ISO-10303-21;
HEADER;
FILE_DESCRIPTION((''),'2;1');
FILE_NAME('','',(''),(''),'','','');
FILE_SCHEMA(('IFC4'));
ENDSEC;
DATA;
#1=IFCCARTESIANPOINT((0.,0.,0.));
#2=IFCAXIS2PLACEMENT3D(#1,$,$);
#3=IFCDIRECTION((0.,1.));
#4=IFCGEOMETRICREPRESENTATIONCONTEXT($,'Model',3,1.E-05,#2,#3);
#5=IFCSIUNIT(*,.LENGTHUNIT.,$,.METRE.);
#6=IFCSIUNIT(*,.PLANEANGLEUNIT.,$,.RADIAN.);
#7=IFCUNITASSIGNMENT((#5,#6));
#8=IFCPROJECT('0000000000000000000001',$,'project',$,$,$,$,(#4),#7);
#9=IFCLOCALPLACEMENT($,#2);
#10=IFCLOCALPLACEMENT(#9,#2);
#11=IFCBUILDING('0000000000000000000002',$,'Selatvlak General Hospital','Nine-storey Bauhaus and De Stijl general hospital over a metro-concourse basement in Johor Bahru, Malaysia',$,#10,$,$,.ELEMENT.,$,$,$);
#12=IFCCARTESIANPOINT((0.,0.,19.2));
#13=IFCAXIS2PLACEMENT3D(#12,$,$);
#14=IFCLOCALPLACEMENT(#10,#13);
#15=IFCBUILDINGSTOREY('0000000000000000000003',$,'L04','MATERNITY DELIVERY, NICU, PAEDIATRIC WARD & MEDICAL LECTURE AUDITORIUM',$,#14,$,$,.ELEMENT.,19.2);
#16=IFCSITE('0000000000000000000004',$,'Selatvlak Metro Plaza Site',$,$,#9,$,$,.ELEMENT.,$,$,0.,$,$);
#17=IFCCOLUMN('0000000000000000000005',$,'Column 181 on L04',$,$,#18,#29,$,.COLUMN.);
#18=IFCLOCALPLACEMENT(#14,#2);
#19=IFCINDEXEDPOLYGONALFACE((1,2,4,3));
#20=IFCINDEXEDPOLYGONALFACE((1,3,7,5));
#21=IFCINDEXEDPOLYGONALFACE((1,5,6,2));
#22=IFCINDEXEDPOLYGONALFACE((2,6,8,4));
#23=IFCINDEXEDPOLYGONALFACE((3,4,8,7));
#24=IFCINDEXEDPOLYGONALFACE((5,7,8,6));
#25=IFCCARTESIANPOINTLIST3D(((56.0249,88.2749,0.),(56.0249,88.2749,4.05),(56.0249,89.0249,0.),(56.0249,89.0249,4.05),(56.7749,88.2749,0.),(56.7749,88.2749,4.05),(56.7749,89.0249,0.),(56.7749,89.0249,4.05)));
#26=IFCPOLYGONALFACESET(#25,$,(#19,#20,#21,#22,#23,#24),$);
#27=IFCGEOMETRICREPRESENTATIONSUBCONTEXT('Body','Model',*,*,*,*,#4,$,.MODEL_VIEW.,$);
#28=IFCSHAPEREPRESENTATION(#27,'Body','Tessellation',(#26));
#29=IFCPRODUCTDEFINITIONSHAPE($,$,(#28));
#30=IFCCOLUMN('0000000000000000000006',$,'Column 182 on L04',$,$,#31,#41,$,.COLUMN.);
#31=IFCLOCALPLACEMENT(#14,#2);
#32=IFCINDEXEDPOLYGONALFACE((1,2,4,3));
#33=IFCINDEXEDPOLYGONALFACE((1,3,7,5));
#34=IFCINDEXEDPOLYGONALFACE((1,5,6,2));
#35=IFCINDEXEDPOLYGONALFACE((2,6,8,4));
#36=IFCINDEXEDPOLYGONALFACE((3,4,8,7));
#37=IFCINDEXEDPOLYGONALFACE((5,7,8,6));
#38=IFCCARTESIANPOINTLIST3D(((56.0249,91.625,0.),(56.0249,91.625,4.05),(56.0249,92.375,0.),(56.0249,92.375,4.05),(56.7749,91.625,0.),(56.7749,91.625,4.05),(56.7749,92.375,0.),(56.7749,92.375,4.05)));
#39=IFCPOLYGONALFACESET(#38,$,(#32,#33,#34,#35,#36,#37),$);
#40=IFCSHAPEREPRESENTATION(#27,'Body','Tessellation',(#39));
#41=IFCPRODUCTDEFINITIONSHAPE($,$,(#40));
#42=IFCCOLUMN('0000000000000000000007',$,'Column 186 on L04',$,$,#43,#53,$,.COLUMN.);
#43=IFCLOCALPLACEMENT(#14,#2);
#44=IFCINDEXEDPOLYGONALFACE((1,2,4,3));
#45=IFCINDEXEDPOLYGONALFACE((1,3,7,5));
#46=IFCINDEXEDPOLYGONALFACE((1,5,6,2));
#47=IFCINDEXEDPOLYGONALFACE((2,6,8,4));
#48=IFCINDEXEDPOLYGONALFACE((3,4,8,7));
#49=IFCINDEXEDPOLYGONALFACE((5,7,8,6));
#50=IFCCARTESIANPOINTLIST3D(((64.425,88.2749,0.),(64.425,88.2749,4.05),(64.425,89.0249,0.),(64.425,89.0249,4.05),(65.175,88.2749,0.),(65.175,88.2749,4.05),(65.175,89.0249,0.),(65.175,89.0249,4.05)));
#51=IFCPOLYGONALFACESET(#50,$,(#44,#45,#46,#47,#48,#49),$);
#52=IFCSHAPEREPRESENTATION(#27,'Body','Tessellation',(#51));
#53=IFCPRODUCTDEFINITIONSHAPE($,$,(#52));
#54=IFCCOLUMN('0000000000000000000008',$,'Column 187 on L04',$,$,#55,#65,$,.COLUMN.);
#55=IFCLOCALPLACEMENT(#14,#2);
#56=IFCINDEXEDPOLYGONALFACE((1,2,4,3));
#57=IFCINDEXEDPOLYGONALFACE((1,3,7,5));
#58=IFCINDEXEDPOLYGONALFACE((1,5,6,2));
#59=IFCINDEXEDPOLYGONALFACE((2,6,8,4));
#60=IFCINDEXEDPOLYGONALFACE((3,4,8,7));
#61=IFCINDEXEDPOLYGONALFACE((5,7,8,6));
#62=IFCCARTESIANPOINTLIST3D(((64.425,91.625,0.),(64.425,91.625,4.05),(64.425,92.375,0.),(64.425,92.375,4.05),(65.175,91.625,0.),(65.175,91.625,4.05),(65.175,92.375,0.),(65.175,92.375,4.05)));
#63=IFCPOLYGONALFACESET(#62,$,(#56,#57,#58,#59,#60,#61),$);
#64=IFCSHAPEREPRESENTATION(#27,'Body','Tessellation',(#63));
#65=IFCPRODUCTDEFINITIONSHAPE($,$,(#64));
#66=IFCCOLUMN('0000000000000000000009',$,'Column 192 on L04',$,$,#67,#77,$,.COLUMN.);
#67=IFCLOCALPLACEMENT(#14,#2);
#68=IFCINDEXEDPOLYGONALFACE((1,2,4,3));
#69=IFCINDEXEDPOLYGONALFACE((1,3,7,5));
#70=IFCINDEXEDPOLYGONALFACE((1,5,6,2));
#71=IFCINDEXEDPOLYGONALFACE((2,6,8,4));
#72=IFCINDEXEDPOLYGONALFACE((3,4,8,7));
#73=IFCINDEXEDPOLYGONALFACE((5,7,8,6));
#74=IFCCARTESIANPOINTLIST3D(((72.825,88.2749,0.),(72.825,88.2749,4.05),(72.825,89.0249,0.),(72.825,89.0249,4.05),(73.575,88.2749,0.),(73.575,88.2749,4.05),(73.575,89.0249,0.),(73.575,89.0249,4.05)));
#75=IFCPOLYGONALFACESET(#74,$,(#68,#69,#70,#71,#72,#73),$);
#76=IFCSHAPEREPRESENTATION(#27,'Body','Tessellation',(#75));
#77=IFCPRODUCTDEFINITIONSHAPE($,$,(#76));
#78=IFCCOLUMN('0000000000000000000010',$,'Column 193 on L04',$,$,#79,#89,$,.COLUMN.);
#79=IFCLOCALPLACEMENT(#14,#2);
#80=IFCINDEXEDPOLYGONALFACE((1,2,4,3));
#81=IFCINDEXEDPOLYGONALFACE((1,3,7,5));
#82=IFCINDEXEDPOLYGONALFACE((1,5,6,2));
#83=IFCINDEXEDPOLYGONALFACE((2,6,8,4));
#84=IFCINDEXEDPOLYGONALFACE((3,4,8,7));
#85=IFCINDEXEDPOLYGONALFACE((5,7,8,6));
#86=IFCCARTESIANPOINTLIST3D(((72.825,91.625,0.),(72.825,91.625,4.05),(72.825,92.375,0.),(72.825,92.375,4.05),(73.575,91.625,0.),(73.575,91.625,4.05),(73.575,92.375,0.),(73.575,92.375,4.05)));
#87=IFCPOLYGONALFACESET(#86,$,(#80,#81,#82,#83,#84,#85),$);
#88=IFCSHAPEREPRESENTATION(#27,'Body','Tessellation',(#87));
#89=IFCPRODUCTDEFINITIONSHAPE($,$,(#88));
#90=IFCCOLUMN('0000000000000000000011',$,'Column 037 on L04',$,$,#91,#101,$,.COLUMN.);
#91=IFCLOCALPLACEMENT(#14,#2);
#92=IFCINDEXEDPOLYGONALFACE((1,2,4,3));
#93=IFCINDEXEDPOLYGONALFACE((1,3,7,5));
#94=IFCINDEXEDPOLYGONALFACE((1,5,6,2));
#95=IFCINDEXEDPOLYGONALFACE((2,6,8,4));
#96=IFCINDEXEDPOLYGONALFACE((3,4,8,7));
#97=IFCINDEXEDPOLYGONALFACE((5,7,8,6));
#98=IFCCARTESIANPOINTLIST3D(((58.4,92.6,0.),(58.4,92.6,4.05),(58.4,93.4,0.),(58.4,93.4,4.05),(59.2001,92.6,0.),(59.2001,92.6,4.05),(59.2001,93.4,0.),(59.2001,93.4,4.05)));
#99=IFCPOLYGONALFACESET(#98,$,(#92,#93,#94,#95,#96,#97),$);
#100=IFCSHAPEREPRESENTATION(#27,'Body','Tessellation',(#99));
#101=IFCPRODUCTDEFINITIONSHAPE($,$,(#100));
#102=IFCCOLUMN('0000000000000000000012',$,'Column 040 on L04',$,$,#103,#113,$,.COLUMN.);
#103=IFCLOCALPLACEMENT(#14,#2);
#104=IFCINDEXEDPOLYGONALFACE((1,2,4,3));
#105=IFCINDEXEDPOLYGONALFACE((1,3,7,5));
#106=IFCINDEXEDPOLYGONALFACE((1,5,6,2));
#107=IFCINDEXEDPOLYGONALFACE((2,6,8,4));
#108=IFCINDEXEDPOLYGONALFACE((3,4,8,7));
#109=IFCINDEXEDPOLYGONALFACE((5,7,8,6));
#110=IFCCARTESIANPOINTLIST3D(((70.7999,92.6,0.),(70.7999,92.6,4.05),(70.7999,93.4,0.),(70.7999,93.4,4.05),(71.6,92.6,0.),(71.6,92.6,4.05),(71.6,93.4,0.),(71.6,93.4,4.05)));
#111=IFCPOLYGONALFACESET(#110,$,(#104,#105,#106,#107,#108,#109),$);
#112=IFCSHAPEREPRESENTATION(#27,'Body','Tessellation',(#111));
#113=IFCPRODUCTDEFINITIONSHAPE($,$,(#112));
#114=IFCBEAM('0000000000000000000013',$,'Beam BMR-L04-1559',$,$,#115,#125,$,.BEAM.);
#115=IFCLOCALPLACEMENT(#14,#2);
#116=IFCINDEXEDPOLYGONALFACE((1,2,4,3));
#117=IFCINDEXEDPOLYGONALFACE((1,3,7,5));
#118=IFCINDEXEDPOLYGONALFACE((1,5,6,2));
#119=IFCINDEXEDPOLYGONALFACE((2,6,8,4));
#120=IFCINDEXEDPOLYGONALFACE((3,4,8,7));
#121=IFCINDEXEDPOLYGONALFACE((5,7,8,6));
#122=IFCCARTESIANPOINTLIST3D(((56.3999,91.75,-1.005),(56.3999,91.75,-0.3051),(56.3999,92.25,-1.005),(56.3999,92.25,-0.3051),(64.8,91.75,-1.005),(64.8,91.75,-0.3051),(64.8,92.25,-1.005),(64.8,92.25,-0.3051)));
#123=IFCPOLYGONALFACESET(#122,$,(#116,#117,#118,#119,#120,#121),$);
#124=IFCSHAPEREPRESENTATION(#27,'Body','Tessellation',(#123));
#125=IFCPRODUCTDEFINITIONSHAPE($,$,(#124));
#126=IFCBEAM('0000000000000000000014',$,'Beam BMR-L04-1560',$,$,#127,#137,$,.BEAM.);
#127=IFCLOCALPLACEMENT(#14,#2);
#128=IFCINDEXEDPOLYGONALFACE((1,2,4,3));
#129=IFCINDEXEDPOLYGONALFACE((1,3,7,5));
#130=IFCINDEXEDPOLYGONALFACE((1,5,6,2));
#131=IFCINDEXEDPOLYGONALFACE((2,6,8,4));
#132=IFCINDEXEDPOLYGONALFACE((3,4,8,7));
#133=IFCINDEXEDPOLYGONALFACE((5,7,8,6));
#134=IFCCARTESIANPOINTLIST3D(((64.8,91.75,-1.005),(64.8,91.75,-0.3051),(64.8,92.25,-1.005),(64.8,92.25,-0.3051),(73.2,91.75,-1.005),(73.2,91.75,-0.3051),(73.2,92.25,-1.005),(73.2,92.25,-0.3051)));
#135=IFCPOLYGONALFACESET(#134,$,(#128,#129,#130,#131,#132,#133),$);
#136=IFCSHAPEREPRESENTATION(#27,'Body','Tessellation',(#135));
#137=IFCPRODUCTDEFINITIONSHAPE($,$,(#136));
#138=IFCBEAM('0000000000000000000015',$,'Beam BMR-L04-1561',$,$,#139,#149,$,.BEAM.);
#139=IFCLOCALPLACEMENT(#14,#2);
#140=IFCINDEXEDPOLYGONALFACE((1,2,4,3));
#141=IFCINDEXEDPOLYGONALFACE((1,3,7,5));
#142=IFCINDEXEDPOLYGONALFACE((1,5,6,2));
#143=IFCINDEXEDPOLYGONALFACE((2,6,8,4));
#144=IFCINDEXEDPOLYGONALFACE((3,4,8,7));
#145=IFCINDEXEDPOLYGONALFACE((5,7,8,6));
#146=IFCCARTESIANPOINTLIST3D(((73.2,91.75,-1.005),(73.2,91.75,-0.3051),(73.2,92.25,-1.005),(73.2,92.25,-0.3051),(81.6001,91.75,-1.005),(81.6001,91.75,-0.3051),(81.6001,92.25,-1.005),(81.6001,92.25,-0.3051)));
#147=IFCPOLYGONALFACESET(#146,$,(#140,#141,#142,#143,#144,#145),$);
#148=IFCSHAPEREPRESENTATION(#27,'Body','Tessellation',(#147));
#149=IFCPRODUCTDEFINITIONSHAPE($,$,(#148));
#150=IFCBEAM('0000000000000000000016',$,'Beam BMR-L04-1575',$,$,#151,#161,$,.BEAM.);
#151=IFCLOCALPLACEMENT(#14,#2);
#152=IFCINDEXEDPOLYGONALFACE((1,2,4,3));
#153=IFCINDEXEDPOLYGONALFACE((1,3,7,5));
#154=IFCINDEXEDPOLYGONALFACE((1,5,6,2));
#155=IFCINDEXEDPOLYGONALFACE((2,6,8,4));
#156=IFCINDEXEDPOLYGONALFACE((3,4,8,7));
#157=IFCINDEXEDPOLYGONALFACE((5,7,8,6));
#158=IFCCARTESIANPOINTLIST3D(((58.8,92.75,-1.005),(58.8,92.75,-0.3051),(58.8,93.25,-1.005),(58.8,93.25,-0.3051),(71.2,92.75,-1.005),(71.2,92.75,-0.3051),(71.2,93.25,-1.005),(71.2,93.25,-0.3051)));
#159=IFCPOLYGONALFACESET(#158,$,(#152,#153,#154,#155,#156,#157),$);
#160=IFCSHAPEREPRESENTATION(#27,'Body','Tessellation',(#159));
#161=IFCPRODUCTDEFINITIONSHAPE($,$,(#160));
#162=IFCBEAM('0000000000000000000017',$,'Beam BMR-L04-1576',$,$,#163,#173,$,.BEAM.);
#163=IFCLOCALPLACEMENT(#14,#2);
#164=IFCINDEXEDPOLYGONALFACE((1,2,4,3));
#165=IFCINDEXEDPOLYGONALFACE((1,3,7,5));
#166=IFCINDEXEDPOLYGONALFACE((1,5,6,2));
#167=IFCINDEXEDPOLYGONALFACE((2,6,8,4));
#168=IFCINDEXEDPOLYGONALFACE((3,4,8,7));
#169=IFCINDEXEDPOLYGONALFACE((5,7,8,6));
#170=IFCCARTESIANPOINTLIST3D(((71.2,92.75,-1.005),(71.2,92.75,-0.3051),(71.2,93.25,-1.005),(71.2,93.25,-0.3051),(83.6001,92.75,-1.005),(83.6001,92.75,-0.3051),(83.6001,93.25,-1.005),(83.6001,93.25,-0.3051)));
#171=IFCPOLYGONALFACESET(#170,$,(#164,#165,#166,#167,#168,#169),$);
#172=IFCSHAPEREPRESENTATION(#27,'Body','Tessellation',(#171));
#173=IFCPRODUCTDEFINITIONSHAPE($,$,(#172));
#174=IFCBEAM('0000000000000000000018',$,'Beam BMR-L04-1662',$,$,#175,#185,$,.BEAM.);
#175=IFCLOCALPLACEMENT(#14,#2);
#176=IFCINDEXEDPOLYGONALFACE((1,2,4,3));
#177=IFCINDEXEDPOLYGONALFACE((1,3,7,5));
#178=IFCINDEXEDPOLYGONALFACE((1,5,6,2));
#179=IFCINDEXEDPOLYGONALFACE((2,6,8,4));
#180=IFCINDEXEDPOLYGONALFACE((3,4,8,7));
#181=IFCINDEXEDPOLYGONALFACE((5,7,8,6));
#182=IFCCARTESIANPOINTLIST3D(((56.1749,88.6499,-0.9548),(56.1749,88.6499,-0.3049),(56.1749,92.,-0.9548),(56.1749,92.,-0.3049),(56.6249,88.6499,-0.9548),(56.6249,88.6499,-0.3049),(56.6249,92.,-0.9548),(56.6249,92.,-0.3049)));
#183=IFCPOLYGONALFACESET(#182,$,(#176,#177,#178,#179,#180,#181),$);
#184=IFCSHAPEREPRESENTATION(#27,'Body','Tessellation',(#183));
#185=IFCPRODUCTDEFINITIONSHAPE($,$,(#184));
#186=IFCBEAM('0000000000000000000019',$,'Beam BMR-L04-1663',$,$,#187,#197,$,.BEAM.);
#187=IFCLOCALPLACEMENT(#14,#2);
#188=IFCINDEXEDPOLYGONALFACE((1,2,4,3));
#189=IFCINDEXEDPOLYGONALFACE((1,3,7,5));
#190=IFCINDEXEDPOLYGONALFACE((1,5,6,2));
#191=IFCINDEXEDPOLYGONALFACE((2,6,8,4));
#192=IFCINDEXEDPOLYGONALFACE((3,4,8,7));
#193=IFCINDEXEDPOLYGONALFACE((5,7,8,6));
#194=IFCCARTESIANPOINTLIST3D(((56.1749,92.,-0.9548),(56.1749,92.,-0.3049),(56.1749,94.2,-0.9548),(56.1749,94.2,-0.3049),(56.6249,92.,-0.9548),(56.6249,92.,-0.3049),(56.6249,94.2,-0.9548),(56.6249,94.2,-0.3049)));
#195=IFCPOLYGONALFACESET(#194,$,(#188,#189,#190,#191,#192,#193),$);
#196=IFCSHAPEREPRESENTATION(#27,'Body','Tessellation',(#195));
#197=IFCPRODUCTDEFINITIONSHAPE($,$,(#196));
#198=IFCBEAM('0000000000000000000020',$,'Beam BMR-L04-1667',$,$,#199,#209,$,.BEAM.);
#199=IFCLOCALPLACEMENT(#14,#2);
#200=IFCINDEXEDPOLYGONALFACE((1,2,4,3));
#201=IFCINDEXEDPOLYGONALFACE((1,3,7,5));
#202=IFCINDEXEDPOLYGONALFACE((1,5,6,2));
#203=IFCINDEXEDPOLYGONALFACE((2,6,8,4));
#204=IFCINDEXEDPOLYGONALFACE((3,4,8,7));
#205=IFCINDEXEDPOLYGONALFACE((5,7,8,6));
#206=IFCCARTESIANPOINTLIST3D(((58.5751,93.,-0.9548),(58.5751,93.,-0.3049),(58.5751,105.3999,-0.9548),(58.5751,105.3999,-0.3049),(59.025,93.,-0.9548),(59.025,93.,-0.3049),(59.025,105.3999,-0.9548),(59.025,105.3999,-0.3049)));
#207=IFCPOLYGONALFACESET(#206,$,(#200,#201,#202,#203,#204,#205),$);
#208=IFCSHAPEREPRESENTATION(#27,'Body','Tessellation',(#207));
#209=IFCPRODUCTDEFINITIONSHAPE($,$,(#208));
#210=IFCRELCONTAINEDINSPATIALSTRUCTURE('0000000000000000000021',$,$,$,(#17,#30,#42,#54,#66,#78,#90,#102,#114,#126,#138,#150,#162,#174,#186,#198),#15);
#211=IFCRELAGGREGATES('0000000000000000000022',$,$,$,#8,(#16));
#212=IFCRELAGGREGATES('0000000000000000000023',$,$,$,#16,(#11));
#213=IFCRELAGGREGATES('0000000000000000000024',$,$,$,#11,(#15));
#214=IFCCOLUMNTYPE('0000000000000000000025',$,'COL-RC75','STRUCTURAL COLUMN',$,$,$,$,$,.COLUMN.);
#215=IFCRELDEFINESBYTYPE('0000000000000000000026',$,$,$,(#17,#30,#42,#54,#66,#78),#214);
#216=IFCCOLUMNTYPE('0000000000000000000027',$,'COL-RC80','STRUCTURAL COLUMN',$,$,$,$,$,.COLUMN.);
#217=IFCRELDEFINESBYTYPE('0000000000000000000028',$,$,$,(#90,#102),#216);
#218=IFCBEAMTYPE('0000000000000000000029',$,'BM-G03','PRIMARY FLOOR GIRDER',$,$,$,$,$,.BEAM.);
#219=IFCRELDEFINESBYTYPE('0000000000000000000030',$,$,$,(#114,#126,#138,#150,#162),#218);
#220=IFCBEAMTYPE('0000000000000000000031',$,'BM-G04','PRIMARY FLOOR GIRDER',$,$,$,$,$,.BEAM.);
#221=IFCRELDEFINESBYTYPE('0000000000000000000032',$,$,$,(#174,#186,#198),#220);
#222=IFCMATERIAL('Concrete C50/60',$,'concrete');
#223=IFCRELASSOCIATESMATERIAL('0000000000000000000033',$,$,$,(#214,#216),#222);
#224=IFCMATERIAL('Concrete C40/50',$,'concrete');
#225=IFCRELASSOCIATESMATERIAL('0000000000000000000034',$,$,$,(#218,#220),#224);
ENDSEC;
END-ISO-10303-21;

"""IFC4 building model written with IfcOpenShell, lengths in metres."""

from ifc_helpers import new_model, si_unit, direction, frame, origin, origin_2d, place, context, subcontext, project, spatial, rectangle, extrude, material, material_profile, profile_set, type_object, element, save


model = new_model("IFC4")

# Units and contexts
model_context = context("Model", 3, precision=1e-05, world=origin(), true_north=direction((0.0, 1.0)))
body_context = subcontext(model_context, "Body", "Model", "MODEL_VIEW")
ifc_project = project(units=[si_unit("LENGTHUNIT", "METRE"), si_unit("PLANEANGLEUNIT", "RADIAN")], contexts=[model_context])

# Site, building, storey
site_placement = place(None, origin())
site = spatial("IfcSite", under=ifc_project, at=site_placement, Name="Selatvlak Metro Plaza Site", CompositionType="ELEMENT", RefElevation=0.0)
building_placement = place(site_placement, origin())
building = spatial("IfcBuilding", under=site, at=building_placement, Name="Selatvlak General Hospital", Description="Nine-storey Bauhaus and De Stijl general hospital over a metro-concourse basement in Johor Bahru, Malaysia", CompositionType="ELEMENT")
storey_placement = place(building_placement, frame((0.0, 0.0, 19.2)))
storey = spatial("IfcBuildingStorey", under=building, at=storey_placement, Name="L04", Description="MATERNITY DELIVERY, NICU, PAEDIATRIC WARD & MEDICAL LECTURE AUDITORIUM", CompositionType="ELEMENT", Elevation=19.2)

# Columns
ifc_material_1 = material(Name="Concrete C50/60", Category="concrete")
ifc_material_profile_1 = material_profile(ifc_material_1, rectangle(XDim=0.75, YDim=0.75, at=origin_2d()), Name="RC-COL 750x750")
ifc_profile_set_1 = profile_set([ifc_material_profile_1], Name="Concrete C50/60")
column_type_1 = type_object("IfcColumnType", Name="COL-RC75", Description="STRUCTURAL COLUMN", PredefinedType="COLUMN", material=ifc_profile_set_1)
for number, where, z_axis, x_axis, name in (
    (1, (56.3999, 88.6499, 0.0), (0.0, 0.0, 1.0), (1.0, 0.0, 0.0), "Column 181 on L04"),
    (2, (56.3999, 92.0, 0.0), (0.0, 0.0, 1.0), (1.0, 0.0, 0.0), "Column 182 on L04"),
    (3, (64.8, 88.6499, 0.0), (0.0, 0.0, 1.0), (1.0, 0.0, 0.0), "Column 186 on L04"),
    (4, (64.8, 92.0, 0.0), (0.0, 0.0, 1.0), (1.0, 0.0, 0.0), "Column 187 on L04"),
    (5, (73.2, 88.6499, 0.0), (0.0, 0.0, 1.0), (1.0, 0.0, 0.0), "Column 192 on L04"),
    (6, (73.2, 92.0, 0.0), (0.0, 0.0, 1.0), (1.0, 0.0, 0.0), "Column 193 on L04"),
):
    element("IfcColumn", number, at=place(storey_placement, frame(where, z_axis=z_axis, x_axis=x_axis)), inside=storey, type_object=column_type_1, Name=name, PredefinedType="COLUMN", context=body_context, shape_type="SweptSolid", body=[
        extrude(rectangle(XDim=0.75, YDim=0.75, at=origin_2d()), origin(), (0.0, 0.0, 1.0), 4.05),
    ])
ifc_material_profile_2 = material_profile(ifc_material_1, rectangle(XDim=0.8, YDim=0.8, at=origin_2d()), Name="RC-COL 800x800")
ifc_profile_set_2 = profile_set([ifc_material_profile_2], Name="Concrete C50/60")
column_type_2 = type_object("IfcColumnType", Name="COL-RC80", Description="STRUCTURAL COLUMN", PredefinedType="COLUMN", material=ifc_profile_set_2)
for number, where, z_axis, x_axis, name in (
    (7, (58.8, 93.0, 0.0), (0.0, 0.0, 1.0), (1.0, 0.0, 0.0), "Column 037 on L04"),
    (8, (71.2, 93.0, 0.0), (0.0, 0.0, 1.0), (1.0, 0.0, 0.0), "Column 040 on L04"),
):
    element("IfcColumn", number, at=place(storey_placement, frame(where, z_axis=z_axis, x_axis=x_axis)), inside=storey, type_object=column_type_2, Name=name, PredefinedType="COLUMN", context=body_context, shape_type="SweptSolid", body=[
        extrude(rectangle(XDim=0.8, YDim=0.8, at=origin_2d()), origin(), (0.0, 0.0, 1.0), 4.05),
    ])

# Beams
ifc_material_2 = material(Name="Concrete C40/50", Category="concrete")
ifc_material_profile_3 = material_profile(ifc_material_2, rectangle(XDim=0.5, YDim=0.7, at=origin_2d()), Name="RC-BM 500x700")
ifc_profile_set_3 = profile_set([ifc_material_profile_3], Name="Concrete C40/50")
beam_type_1 = type_object("IfcBeamType", Name="BM-G03", Description="PRIMARY FLOOR GIRDER", PredefinedType="BEAM", material=ifc_profile_set_3)
beam_1_placement = place(storey_placement, frame((56.3999, 92.0, -0.655), z_axis=(1.0, 0.0, 0.0), x_axis=(0.0, 1.0, 0.0)))
element("IfcBeam", 9, at=beam_1_placement, inside=storey, type_object=beam_type_1, Name="Beam BMR-L04-1559", PredefinedType="BEAM", context=body_context, shape_type="SweptSolid", body=[
    extrude(rectangle(XDim=0.5, YDim=0.7, at=origin_2d()), origin(), (0.0, 0.0, 1.0), 8.4001),
])
beam_2_placement = place(storey_placement, frame((64.8, 92.0, -0.655), z_axis=(1.0, 0.0, 0.0), x_axis=(0.0, 1.0, 0.0)))
element("IfcBeam", 10, at=beam_2_placement, inside=storey, type_object=beam_type_1, Name="Beam BMR-L04-1560", PredefinedType="BEAM", context=body_context, shape_type="SweptSolid", body=[
    extrude(rectangle(XDim=0.5, YDim=0.7, at=origin_2d()), origin(), (0.0, 0.0, 1.0), 8.3999),
])
beam_3_placement = place(storey_placement, frame((73.2, 92.0, -0.655), z_axis=(1.0, 0.0, 0.0), x_axis=(0.0, 1.0, 0.0)))
element("IfcBeam", 11, at=beam_3_placement, inside=storey, type_object=beam_type_1, Name="Beam BMR-L04-1561", PredefinedType="BEAM", context=body_context, shape_type="SweptSolid", body=[
    extrude(rectangle(XDim=0.5, YDim=0.7, at=origin_2d()), origin(), (0.0, 0.0, 1.0), 8.4001),
])
beam_4_placement = place(storey_placement, frame((58.8, 93.0, -0.655), z_axis=(1.0, 0.0, 0.0), x_axis=(0.0, 1.0, 0.0)))
element("IfcBeam", 12, at=beam_4_placement, inside=storey, type_object=beam_type_1, Name="Beam BMR-L04-1575", PredefinedType="BEAM", context=body_context, shape_type="SweptSolid", body=[
    extrude(rectangle(XDim=0.5, YDim=0.7, at=origin_2d()), origin(), (0.0, 0.0, 1.0), 12.3999),
])
beam_5_placement = place(storey_placement, frame((71.2, 93.0, -0.655), z_axis=(1.0, 0.0, 0.0), x_axis=(0.0, 1.0, 0.0)))
element("IfcBeam", 13, at=beam_5_placement, inside=storey, type_object=beam_type_1, Name="Beam BMR-L04-1576", PredefinedType="BEAM", context=body_context, shape_type="SweptSolid", body=[
    extrude(rectangle(XDim=0.5, YDim=0.7, at=origin_2d()), origin(), (0.0, 0.0, 1.0), 12.4001),
])
ifc_material_profile_4 = material_profile(ifc_material_2, rectangle(XDim=0.45, YDim=0.6499, at=origin_2d()), Name="RC-BM 450x650")
ifc_profile_set_4 = profile_set([ifc_material_profile_4], Name="Concrete C40/50")
beam_type_2 = type_object("IfcBeamType", Name="BM-G04", Description="PRIMARY FLOOR GIRDER", PredefinedType="BEAM", material=ifc_profile_set_4)
beam_6_placement = place(storey_placement, frame((56.3999, 88.6499, -0.6299), z_axis=(0.0, 1.0, 0.0), x_axis=(-1.0, 0.0, 0.0)))
element("IfcBeam", 14, at=beam_6_placement, inside=storey, type_object=beam_type_2, Name="Beam BMR-L04-1662", PredefinedType="BEAM", context=body_context, shape_type="SweptSolid", body=[
    extrude(rectangle(XDim=0.45, YDim=0.6499, at=origin_2d()), origin(), (0.0, 0.0, 1.0), 3.3501),
])
beam_7_placement = place(storey_placement, frame((56.3999, 92.0, -0.6299), z_axis=(0.0, 1.0, 0.0), x_axis=(-1.0, 0.0, 0.0)))
element("IfcBeam", 15, at=beam_7_placement, inside=storey, type_object=beam_type_2, Name="Beam BMR-L04-1663", PredefinedType="BEAM", context=body_context, shape_type="SweptSolid", body=[
    extrude(rectangle(XDim=0.45, YDim=0.6499, at=origin_2d()), origin(), (0.0, 0.0, 1.0), 2.2),
])
beam_8_placement = place(storey_placement, frame((58.8, 93.0, -0.6299), z_axis=(0.0, 1.0, 0.0), x_axis=(-1.0, 0.0, 0.0)))
element("IfcBeam", 16, at=beam_8_placement, inside=storey, type_object=beam_type_2, Name="Beam BMR-L04-1667", PredefinedType="BEAM", context=body_context, shape_type="SweptSolid", body=[
    extrude(rectangle(XDim=0.45, YDim=0.6499, at=origin_2d()), origin(), (0.0, 0.0, 1.0), 12.3999),
])

save(model, "model.ifc")
